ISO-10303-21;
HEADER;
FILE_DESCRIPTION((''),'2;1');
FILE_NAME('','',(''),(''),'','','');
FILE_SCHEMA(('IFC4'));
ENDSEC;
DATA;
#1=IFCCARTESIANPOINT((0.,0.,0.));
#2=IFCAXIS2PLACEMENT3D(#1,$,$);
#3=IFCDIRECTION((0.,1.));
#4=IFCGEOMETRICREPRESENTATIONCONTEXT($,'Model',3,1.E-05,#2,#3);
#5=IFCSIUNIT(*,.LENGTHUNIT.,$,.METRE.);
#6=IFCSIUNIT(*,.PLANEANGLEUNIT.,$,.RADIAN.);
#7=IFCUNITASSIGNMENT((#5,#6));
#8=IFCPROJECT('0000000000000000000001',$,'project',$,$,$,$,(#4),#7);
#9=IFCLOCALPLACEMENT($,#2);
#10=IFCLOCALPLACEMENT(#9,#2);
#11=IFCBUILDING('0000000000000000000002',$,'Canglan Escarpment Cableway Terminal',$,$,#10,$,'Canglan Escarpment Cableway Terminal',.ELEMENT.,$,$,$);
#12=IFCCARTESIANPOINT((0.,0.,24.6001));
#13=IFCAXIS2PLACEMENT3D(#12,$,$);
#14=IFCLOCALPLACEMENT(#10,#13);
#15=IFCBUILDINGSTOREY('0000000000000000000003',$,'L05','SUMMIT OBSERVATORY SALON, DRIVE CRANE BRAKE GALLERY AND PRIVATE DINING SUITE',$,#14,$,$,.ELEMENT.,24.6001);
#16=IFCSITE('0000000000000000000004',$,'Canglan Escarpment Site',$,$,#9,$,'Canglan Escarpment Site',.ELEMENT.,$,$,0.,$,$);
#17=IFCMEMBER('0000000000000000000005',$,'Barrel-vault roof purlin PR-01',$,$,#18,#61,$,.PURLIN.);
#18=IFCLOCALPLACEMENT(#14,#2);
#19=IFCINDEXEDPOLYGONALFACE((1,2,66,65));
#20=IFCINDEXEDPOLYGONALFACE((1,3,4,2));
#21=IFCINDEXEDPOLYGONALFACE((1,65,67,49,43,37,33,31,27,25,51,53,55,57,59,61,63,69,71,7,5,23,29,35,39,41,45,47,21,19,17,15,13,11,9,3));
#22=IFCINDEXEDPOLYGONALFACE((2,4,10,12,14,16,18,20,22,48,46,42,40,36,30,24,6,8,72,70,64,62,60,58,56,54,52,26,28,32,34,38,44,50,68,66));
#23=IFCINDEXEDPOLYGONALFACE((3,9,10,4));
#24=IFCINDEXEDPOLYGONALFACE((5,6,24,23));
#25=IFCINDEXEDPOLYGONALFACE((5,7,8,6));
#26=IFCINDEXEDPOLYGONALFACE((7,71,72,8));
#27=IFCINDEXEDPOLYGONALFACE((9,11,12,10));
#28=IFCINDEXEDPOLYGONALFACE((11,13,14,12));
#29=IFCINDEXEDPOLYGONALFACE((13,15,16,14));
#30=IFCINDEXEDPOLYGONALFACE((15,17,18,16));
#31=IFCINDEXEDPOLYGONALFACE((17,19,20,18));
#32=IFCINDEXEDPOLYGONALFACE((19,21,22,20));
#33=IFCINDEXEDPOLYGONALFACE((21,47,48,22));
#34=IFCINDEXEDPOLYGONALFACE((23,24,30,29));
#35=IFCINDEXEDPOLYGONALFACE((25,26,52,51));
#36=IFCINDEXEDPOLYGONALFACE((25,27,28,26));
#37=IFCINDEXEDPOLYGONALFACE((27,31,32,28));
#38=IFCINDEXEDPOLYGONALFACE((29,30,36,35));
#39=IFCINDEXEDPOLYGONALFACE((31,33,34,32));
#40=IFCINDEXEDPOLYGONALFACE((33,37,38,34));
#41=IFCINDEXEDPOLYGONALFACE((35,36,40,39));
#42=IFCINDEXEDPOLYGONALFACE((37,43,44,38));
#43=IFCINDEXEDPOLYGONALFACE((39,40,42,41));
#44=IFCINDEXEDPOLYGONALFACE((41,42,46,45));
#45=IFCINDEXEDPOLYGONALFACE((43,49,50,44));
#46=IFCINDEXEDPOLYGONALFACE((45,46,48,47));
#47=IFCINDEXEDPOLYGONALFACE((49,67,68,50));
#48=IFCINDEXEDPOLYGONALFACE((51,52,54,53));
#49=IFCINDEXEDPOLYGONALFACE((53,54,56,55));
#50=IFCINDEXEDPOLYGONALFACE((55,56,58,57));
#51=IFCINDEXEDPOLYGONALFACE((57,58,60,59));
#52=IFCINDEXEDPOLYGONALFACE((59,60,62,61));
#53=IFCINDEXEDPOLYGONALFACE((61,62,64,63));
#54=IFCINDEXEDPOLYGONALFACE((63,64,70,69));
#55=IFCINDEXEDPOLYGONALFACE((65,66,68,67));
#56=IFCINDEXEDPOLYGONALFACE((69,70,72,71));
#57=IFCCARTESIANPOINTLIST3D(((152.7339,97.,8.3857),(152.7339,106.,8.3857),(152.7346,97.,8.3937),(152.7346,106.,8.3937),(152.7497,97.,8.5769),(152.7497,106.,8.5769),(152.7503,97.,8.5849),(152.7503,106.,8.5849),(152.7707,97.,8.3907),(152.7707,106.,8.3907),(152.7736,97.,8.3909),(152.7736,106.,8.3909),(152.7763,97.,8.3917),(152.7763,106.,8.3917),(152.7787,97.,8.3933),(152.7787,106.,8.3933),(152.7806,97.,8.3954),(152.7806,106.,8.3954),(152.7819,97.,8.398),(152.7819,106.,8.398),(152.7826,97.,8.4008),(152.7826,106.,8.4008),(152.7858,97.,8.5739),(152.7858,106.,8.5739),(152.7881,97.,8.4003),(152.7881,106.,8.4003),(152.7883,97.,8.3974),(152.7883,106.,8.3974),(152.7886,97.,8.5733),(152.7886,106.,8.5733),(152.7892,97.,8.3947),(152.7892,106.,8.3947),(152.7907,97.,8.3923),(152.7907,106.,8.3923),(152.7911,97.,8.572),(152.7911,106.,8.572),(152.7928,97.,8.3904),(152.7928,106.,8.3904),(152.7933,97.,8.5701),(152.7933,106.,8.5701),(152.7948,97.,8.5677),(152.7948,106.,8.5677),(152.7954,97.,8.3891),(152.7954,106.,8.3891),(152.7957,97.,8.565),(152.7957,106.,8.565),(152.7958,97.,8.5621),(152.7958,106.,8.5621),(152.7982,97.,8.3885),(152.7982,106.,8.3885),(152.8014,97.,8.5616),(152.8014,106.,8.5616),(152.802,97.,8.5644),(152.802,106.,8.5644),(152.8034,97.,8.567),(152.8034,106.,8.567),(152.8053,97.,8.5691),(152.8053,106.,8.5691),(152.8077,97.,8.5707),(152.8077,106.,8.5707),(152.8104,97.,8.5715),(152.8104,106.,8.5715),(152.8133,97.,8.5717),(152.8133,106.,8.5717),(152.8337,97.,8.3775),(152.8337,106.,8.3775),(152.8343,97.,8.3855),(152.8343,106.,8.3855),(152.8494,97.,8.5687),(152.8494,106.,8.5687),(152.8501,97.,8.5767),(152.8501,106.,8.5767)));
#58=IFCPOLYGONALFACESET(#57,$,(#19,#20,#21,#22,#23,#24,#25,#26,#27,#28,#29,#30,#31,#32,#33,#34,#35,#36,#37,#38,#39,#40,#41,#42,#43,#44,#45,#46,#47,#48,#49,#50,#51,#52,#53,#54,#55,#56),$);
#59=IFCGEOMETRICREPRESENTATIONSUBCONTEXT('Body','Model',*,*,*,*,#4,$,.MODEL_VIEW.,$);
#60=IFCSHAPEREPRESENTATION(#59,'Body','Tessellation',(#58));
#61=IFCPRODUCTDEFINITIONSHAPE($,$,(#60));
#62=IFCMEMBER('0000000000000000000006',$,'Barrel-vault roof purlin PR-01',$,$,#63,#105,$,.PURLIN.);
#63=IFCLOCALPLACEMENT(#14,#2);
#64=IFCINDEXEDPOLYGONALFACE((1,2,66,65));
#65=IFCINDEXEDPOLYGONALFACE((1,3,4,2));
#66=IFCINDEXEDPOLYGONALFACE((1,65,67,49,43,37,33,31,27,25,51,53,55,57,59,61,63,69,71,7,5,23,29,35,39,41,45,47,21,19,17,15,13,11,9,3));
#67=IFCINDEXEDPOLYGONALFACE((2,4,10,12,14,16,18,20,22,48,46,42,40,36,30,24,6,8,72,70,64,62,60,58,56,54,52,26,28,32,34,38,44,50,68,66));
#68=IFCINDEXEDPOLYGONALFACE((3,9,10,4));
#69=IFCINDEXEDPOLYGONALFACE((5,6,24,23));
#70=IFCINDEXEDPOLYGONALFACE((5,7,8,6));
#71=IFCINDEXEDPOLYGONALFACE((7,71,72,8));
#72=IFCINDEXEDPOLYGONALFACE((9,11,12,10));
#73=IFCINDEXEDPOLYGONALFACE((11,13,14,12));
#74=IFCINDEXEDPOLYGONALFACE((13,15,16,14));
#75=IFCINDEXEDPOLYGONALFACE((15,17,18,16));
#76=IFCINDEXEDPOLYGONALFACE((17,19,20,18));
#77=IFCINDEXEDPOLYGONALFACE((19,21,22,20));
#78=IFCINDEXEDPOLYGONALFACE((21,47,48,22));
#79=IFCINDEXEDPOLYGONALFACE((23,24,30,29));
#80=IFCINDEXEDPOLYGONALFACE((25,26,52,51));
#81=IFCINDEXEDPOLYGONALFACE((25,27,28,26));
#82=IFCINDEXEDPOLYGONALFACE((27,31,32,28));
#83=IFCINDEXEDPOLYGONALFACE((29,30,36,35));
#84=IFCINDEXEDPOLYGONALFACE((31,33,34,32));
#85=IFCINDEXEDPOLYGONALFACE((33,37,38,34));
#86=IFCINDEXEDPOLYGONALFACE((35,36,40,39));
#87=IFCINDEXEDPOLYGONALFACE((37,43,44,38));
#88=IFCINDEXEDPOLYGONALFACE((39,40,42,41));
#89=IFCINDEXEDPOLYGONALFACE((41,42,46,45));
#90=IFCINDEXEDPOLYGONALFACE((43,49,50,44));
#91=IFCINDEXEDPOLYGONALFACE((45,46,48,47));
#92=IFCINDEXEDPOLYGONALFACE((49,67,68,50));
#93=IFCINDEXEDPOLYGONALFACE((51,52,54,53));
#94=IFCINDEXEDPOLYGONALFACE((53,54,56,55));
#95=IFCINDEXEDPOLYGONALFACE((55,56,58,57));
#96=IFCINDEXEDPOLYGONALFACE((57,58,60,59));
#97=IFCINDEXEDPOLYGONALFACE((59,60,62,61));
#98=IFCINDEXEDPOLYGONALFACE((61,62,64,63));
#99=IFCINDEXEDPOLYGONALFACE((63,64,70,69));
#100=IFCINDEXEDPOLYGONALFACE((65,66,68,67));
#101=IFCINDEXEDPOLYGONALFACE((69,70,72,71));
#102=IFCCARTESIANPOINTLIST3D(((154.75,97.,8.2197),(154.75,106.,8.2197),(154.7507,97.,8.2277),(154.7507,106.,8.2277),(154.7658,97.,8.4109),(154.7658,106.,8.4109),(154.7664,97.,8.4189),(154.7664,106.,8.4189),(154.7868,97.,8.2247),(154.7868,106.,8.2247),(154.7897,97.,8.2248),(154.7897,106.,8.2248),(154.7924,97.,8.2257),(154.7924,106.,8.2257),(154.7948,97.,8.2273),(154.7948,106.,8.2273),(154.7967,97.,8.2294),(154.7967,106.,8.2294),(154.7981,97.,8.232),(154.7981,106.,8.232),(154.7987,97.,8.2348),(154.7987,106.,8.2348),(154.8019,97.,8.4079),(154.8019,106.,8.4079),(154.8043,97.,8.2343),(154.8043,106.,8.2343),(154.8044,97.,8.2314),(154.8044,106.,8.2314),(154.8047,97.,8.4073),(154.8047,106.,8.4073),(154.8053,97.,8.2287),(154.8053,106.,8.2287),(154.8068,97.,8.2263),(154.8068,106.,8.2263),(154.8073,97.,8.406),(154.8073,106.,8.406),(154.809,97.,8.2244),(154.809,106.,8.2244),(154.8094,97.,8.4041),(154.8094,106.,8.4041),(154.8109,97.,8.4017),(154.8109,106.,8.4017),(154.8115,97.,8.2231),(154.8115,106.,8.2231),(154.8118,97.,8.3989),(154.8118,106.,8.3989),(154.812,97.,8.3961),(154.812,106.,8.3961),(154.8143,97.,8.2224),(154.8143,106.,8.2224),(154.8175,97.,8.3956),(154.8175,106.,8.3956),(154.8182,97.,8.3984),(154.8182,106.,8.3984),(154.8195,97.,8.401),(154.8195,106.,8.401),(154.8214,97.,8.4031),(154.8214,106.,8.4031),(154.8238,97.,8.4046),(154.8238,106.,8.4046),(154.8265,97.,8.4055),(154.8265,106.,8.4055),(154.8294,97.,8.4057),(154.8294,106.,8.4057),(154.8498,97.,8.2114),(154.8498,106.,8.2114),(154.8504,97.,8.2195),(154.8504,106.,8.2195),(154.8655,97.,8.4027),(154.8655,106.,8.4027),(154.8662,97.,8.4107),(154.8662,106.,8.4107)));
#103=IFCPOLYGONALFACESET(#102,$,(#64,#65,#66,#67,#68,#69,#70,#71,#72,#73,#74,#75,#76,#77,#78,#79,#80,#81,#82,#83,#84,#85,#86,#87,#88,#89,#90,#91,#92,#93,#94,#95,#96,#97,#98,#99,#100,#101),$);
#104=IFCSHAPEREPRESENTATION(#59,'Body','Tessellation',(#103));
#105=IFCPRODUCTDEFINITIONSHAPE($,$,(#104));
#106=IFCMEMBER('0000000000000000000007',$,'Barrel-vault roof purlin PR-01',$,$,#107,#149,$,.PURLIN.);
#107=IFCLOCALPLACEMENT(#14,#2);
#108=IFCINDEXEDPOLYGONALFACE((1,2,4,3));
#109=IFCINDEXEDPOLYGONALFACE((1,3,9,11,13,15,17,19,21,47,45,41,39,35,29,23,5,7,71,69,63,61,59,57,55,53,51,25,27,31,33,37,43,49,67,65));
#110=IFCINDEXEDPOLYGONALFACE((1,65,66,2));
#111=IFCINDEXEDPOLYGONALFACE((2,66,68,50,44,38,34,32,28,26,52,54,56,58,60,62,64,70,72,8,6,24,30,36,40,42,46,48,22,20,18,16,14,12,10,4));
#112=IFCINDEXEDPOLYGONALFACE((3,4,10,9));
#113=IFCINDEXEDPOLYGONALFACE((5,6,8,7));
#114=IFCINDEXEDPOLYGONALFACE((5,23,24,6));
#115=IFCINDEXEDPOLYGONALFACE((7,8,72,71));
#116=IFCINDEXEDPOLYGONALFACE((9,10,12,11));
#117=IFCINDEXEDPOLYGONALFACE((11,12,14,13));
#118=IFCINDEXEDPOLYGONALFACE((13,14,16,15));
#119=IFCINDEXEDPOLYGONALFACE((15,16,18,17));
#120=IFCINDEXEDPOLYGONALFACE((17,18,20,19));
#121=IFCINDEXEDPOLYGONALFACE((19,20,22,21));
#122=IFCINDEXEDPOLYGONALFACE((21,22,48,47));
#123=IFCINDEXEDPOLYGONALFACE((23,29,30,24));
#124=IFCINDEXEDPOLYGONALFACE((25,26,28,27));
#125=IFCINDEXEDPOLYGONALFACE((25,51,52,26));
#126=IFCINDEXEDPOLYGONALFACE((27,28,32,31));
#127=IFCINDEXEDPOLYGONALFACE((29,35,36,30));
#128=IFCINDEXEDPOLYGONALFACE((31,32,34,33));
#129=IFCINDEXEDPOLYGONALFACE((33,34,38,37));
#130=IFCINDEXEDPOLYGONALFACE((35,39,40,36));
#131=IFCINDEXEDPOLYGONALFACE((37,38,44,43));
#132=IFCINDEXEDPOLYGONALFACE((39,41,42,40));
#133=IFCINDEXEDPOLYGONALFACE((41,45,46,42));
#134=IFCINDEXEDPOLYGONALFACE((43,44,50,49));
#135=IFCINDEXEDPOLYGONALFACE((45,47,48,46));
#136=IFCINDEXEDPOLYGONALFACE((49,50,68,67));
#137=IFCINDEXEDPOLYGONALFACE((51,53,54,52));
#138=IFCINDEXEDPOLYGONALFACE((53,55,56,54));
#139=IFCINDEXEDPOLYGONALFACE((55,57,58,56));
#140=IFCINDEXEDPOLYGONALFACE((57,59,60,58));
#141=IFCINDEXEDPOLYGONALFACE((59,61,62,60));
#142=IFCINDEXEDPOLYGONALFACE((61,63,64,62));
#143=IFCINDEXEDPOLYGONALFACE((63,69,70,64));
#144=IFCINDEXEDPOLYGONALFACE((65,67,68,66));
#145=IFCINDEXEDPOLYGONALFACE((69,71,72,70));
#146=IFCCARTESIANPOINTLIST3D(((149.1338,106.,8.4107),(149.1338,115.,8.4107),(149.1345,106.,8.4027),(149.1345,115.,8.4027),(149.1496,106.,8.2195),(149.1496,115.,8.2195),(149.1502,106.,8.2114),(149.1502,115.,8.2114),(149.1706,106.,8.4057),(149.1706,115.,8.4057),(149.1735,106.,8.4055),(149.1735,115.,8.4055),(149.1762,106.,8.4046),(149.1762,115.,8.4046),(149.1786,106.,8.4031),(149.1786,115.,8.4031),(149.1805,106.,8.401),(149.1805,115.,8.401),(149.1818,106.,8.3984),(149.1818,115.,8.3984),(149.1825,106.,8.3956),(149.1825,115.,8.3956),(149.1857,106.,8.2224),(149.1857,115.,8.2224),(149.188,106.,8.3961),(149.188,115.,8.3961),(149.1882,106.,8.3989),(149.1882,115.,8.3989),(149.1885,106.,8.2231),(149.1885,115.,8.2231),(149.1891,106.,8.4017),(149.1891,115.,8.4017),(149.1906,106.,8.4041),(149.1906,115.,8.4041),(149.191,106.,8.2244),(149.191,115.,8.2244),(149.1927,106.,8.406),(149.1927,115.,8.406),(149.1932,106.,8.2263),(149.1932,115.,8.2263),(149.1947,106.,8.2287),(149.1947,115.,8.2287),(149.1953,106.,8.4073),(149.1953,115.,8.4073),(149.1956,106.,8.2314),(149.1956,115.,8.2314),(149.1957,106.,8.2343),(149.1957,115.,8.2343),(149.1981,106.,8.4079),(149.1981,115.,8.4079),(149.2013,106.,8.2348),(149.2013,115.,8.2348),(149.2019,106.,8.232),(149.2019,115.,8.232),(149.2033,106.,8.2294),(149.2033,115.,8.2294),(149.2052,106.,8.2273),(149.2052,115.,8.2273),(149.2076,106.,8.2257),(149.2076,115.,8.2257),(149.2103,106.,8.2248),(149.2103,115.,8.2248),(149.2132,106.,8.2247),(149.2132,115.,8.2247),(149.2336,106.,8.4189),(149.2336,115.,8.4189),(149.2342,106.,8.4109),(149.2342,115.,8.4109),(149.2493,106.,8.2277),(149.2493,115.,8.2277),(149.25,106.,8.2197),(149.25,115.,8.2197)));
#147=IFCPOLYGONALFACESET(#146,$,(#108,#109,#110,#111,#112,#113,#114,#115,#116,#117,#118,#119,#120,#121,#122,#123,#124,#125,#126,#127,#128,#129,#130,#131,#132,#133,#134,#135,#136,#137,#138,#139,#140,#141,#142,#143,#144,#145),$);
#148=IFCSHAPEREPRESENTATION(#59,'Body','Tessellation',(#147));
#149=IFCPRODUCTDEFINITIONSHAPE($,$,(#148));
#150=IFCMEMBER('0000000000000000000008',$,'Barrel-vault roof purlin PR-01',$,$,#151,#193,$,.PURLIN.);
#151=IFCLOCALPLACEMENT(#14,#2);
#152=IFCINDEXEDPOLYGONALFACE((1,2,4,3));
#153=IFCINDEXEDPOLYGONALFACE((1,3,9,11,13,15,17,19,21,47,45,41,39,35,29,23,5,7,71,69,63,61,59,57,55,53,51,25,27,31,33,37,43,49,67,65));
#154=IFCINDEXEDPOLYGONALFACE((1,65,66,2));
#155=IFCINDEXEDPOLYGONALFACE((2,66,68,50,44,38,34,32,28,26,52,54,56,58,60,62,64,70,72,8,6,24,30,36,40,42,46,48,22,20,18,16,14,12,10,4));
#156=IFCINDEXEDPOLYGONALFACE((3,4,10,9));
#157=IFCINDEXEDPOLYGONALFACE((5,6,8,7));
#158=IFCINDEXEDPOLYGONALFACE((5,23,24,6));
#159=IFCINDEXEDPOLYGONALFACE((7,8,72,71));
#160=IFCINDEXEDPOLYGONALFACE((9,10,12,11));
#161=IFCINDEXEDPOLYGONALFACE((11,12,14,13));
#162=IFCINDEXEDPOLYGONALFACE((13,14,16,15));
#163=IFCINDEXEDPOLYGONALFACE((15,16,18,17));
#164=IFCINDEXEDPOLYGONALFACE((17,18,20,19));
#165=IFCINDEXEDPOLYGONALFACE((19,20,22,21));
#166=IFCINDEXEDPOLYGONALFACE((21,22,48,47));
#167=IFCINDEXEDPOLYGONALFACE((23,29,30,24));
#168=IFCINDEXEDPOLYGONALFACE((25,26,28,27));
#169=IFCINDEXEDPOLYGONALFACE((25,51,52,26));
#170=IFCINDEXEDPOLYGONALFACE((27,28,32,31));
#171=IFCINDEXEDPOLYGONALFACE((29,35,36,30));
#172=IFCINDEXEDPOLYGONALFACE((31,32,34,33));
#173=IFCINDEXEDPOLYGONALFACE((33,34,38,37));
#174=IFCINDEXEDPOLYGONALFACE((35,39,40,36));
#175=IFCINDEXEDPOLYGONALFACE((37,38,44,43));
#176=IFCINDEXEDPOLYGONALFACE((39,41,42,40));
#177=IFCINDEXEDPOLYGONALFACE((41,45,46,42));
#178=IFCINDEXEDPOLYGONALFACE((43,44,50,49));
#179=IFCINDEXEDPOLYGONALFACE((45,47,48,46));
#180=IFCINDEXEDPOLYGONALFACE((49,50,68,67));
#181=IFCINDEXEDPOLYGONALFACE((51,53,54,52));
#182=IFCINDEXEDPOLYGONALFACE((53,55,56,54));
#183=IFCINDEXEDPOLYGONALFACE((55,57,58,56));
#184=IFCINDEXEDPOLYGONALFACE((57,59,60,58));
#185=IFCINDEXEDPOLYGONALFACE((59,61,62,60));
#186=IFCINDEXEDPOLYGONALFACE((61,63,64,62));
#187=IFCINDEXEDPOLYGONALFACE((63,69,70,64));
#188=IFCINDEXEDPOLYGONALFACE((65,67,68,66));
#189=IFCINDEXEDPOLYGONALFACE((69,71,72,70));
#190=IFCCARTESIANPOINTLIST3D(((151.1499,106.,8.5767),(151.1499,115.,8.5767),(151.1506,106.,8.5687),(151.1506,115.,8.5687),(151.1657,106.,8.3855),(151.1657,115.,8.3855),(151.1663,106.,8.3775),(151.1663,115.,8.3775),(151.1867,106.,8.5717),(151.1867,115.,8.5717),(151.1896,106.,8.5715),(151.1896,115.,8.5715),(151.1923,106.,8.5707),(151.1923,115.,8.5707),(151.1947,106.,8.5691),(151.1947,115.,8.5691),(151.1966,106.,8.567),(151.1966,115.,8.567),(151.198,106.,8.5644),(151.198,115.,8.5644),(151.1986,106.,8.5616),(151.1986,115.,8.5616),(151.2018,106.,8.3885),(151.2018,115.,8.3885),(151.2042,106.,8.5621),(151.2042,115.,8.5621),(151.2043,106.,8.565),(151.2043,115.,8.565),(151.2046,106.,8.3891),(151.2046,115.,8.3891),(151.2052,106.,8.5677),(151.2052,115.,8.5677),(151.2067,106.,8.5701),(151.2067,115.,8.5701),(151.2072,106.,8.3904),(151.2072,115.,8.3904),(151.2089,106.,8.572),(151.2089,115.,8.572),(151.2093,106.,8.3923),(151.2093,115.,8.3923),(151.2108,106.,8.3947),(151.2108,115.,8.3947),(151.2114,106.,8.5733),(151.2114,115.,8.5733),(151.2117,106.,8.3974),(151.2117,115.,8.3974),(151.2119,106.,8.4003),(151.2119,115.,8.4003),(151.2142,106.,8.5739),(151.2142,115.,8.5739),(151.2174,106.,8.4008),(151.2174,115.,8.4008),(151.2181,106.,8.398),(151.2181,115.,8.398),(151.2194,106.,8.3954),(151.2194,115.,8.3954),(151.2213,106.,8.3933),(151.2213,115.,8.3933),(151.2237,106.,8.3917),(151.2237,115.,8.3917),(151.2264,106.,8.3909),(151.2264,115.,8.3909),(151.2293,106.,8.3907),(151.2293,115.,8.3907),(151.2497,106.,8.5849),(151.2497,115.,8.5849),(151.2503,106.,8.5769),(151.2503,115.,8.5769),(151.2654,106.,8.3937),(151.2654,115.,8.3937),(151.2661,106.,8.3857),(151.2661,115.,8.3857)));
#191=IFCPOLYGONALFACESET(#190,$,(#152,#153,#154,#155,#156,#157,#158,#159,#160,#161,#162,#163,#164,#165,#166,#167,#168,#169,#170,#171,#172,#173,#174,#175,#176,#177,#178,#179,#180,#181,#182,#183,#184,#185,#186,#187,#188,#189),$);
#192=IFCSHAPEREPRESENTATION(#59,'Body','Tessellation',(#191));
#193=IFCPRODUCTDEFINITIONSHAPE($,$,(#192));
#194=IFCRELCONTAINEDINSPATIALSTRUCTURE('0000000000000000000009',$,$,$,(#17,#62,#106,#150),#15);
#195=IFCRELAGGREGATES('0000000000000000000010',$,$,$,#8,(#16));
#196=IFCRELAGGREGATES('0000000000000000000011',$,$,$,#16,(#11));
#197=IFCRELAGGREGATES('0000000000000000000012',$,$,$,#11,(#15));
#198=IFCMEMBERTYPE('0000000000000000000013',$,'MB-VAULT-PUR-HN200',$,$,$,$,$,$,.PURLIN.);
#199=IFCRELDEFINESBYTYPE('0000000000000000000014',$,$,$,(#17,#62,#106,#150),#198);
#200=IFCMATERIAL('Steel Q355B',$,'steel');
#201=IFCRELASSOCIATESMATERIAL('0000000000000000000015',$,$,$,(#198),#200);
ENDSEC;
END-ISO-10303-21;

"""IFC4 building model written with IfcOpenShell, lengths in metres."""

from ifc_helpers import new_model, si_unit, direction, frame, origin, origin_2d, place, context, subcontext, project, spatial, i_section, extrude, material, material_profile, profile_set, type_object, element, save


model = new_model("IFC4")

# Units and contexts
model_context = context("Model", 3, precision=1e-05, world=origin(), true_north=direction((0.0, 1.0)))
body_context = subcontext(model_context, "Body", "Model", "MODEL_VIEW")
ifc_project = project(units=[si_unit("LENGTHUNIT", "METRE"), si_unit("PLANEANGLEUNIT", "RADIAN")], contexts=[model_context])

# Site, building, storey
site_placement = place(None, origin())
site = spatial("IfcSite", under=ifc_project, at=site_placement, Name="Canglan Escarpment Site", LongName="Canglan Escarpment Site", CompositionType="ELEMENT", RefElevation=0.0)
building_placement = place(site_placement, origin())
building = spatial("IfcBuilding", under=site, at=building_placement, Name="Canglan Escarpment Cableway Terminal", LongName="Canglan Escarpment Cableway Terminal", CompositionType="ELEMENT")
storey_placement = place(building_placement, frame((0.0, 0.0, 24.6001)))
storey = spatial("IfcBuildingStorey", under=building, at=storey_placement, Name="L05", Description="SUMMIT OBSERVATORY SALON, DRIVE CRANE BRAKE GALLERY AND PRIVATE DINING SUITE", CompositionType="ELEMENT", Elevation=24.6001)

# Shared definitions
ifc_material = material(Name="Steel Q355B", Category="steel")

# Members
ifc_material_profile_1 = material_profile(ifc_material, i_section(OverallWidth=0.1001, OverallDepth=0.2, WebThickness=0.0056, FlangeThickness=0.0081, FilletRadius=0.011, at=origin_2d()), Name="HN 200x100x5.5x8")
ifc_profile_set_1 = profile_set([ifc_material_profile_1], Name="Steel Q355B")
member_type_1 = type_object("IfcMemberType", Name="MB-VAULT-PUR-HN200", PredefinedType="PURLIN", material=ifc_profile_set_1)
for number, where, z_axis, x_axis, name in (
    (1, (152.792, 97.0, 8.4812), (0.0, 1.0, 0.0), (-0.996626, 0.0, 0.082078), "Barrel-vault roof purlin PR-01"),
    (2, (154.8081, 97.0, 8.3152), (0.0, 1.0, 0.0), (-0.996626, 0.0, 0.082078), "Barrel-vault roof purlin PR-01"),
    (3, (149.1919, 106.0, 8.3152), (0.0, 1.0, 0.0), (-0.996626, 0.0, -0.082078), "Barrel-vault roof purlin PR-01"),
    (4, (151.208, 106.0, 8.4812), (0.0, 1.0, 0.0), (-0.996626, 0.0, -0.082078), "Barrel-vault roof purlin PR-01"),
):
    element("IfcMember", number, at=place(storey_placement, frame(where, z_axis=z_axis, x_axis=x_axis)), inside=storey, type_object=member_type_1, Name=name, PredefinedType="PURLIN", context=body_context, shape_type="SweptSolid", body=[
        extrude(i_section(OverallWidth=0.1001, OverallDepth=0.2, WebThickness=0.0056, FlangeThickness=0.0081, FilletRadius=0.011, at=origin_2d()), origin(), (0.0, 0.0, 1.0), 9.0),
    ])

save(model, "model.ifc")
